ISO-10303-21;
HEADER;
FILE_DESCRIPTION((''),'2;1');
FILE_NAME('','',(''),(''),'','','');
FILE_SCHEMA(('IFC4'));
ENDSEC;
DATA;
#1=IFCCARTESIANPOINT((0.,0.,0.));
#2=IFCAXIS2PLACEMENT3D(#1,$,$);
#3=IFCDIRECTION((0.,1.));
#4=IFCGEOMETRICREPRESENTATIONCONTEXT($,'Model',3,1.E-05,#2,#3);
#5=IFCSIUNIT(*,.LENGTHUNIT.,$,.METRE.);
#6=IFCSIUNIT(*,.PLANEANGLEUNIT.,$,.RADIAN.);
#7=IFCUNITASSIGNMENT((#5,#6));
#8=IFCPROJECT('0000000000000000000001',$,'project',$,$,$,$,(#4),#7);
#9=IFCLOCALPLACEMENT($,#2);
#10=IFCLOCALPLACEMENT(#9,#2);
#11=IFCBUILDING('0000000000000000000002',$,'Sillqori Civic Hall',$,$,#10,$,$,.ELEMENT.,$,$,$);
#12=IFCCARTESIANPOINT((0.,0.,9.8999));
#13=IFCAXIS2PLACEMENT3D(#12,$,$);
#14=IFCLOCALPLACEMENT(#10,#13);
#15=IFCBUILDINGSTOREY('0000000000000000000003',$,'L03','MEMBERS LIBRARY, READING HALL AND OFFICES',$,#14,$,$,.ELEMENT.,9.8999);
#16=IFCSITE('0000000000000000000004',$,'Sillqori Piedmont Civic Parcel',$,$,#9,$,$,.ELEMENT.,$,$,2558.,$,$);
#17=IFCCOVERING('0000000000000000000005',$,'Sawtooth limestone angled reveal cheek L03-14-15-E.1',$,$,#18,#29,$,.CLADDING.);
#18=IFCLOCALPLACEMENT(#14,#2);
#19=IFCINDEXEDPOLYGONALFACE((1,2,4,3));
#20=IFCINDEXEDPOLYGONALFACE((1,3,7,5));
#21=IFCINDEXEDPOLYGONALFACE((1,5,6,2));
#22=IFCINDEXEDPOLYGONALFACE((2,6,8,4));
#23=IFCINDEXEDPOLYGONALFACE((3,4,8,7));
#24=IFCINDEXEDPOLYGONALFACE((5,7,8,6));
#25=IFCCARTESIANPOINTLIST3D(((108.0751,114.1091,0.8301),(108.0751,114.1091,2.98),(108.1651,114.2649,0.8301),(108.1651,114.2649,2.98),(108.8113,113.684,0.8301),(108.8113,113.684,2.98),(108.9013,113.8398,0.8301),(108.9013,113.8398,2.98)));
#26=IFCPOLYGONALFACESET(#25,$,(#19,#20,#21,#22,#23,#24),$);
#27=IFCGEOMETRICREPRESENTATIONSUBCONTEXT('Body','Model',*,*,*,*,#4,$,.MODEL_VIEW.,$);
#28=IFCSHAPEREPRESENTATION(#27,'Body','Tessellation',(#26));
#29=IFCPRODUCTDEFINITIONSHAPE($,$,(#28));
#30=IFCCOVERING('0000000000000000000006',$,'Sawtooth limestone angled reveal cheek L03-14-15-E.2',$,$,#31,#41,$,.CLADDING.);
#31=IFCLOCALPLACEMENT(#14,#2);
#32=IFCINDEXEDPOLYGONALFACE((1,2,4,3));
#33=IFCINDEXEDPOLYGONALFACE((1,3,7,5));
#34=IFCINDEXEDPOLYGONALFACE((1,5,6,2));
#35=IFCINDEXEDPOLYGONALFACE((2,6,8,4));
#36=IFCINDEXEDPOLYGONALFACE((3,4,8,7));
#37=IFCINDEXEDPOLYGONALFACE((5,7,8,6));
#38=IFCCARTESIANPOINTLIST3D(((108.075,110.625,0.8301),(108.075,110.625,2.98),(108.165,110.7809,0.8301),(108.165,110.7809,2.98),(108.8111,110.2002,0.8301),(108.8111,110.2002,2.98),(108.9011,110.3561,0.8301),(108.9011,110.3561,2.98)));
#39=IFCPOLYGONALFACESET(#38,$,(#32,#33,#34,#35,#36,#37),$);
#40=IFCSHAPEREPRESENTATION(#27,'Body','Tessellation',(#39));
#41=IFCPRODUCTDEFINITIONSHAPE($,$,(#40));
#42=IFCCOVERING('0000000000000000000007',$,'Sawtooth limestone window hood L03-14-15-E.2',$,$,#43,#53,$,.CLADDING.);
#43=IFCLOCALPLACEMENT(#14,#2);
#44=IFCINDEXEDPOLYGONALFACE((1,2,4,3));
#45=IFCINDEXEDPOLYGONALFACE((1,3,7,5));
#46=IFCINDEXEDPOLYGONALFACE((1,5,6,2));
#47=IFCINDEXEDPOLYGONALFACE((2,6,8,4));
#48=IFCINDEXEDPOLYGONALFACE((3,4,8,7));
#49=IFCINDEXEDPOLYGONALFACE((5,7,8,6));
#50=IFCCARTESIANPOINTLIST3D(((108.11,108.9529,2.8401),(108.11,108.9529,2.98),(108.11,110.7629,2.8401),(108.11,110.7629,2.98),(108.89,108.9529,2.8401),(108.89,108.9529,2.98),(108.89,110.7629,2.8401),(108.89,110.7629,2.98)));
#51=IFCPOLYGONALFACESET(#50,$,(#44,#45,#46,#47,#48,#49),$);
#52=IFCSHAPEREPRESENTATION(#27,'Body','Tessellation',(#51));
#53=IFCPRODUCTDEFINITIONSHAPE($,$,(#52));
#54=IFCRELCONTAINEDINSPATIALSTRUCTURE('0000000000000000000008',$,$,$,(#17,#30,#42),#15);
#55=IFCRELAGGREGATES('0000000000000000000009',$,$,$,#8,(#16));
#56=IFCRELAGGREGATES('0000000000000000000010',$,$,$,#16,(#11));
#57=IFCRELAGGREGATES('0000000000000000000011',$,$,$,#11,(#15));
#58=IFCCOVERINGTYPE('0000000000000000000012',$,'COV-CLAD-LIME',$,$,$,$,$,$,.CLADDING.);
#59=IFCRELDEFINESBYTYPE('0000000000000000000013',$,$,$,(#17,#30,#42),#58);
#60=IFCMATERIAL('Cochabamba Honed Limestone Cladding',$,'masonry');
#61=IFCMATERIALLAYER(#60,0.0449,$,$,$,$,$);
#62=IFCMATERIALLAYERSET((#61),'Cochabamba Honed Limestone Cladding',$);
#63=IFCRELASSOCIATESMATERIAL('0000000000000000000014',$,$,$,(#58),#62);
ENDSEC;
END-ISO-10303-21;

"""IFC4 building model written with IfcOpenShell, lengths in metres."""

from ifc_helpers import new_model, si_unit, direction, frame, frame_2d, origin, place, context, subcontext, project, spatial, rectangle, extrude, material, layer, layer_set, type_object, element, save


model = new_model("IFC4")

# Units and contexts
model_context = context("Model", 3, precision=1e-05, world=origin(), true_north=direction((0.0, 1.0)))
body_context = subcontext(model_context, "Body", "Model", "MODEL_VIEW")
ifc_project = project(units=[si_unit("LENGTHUNIT", "METRE"), si_unit("PLANEANGLEUNIT", "RADIAN")], contexts=[model_context])

# Site, building, storey
site_placement = place(None, origin())
site = spatial("IfcSite", under=ifc_project, at=site_placement, Name="Sillqori Piedmont Civic Parcel", CompositionType="ELEMENT", RefElevation=2558.0)
building_placement = place(site_placement, origin())
building = spatial("IfcBuilding", under=site, at=building_placement, Name="Sillqori Civic Hall", CompositionType="ELEMENT")
storey_placement = place(building_placement, frame((0.0, 0.0, 9.8999)))
storey = spatial("IfcBuildingStorey", under=building, at=storey_placement, Name="L03", Description="MEMBERS LIBRARY, READING HALL AND OFFICES", CompositionType="ELEMENT", Elevation=9.8999)

# Coverings
ifc_material_1 = material(Name="Cochabamba Honed Limestone Cladding", Category="masonry")
ifc_layer_1 = layer(ifc_material_1, 0.0449)
ifc_layer_set_1 = layer_set([ifc_layer_1], Name="Cochabamba Honed Limestone Cladding")
covering_type = type_object("IfcCoveringType", Name="COV-CLAD-LIME", PredefinedType="CLADDING", material=ifc_layer_set_1)
covering_1_placement = place(storey_placement, frame((108.1201, 114.187, 0.8301), z_axis=(0.0, 0.0, 1.0), x_axis=(0.865989, -0.500062, 0.0)))
element("IfcCovering", 1, at=covering_1_placement, inside=storey, type_object=covering_type, Name="Sawtooth limestone angled reveal cheek L03-14-15-E.1", PredefinedType="CLADDING", context=body_context, shape_type="SweptSolid", body=[
    extrude(rectangle(XDim=0.8501, YDim=0.1799, at=frame_2d((0.425, 0.0))), origin(), (0.0, 0.0, 1.0), 2.1499),
])
covering_2_placement = place(storey_placement, frame((108.1201, 110.7029, 0.8301), z_axis=(0.0, 0.0, 1.0), x_axis=(0.866114, -0.499847, 0.0)))
element("IfcCovering", 2, at=covering_2_placement, inside=storey, type_object=covering_type, Name="Sawtooth limestone angled reveal cheek L03-14-15-E.2", PredefinedType="CLADDING", context=body_context, shape_type="SweptSolid", body=[
    extrude(rectangle(XDim=0.8499, YDim=0.1799, at=frame_2d((0.4248, 0.0))), origin(), (0.0, 0.0, 1.0), 2.1499),
])
covering_3_placement = place(storey_placement, frame((108.5, 110.7629, 2.8401), z_axis=(0.0, 0.0, 1.0), x_axis=(0.0, -1.0, 0.0)))
element("IfcCovering", 3, at=covering_3_placement, inside=storey, type_object=covering_type, Name="Sawtooth limestone window hood L03-14-15-E.2", PredefinedType="CLADDING", context=body_context, shape_type="SweptSolid", body=[
    extrude(rectangle(XDim=1.8101, YDim=0.78, at=frame_2d((0.905, 0.0))), origin(), (0.0, 0.0, 1.0), 0.1399),
])

save(model, "model.ifc")
